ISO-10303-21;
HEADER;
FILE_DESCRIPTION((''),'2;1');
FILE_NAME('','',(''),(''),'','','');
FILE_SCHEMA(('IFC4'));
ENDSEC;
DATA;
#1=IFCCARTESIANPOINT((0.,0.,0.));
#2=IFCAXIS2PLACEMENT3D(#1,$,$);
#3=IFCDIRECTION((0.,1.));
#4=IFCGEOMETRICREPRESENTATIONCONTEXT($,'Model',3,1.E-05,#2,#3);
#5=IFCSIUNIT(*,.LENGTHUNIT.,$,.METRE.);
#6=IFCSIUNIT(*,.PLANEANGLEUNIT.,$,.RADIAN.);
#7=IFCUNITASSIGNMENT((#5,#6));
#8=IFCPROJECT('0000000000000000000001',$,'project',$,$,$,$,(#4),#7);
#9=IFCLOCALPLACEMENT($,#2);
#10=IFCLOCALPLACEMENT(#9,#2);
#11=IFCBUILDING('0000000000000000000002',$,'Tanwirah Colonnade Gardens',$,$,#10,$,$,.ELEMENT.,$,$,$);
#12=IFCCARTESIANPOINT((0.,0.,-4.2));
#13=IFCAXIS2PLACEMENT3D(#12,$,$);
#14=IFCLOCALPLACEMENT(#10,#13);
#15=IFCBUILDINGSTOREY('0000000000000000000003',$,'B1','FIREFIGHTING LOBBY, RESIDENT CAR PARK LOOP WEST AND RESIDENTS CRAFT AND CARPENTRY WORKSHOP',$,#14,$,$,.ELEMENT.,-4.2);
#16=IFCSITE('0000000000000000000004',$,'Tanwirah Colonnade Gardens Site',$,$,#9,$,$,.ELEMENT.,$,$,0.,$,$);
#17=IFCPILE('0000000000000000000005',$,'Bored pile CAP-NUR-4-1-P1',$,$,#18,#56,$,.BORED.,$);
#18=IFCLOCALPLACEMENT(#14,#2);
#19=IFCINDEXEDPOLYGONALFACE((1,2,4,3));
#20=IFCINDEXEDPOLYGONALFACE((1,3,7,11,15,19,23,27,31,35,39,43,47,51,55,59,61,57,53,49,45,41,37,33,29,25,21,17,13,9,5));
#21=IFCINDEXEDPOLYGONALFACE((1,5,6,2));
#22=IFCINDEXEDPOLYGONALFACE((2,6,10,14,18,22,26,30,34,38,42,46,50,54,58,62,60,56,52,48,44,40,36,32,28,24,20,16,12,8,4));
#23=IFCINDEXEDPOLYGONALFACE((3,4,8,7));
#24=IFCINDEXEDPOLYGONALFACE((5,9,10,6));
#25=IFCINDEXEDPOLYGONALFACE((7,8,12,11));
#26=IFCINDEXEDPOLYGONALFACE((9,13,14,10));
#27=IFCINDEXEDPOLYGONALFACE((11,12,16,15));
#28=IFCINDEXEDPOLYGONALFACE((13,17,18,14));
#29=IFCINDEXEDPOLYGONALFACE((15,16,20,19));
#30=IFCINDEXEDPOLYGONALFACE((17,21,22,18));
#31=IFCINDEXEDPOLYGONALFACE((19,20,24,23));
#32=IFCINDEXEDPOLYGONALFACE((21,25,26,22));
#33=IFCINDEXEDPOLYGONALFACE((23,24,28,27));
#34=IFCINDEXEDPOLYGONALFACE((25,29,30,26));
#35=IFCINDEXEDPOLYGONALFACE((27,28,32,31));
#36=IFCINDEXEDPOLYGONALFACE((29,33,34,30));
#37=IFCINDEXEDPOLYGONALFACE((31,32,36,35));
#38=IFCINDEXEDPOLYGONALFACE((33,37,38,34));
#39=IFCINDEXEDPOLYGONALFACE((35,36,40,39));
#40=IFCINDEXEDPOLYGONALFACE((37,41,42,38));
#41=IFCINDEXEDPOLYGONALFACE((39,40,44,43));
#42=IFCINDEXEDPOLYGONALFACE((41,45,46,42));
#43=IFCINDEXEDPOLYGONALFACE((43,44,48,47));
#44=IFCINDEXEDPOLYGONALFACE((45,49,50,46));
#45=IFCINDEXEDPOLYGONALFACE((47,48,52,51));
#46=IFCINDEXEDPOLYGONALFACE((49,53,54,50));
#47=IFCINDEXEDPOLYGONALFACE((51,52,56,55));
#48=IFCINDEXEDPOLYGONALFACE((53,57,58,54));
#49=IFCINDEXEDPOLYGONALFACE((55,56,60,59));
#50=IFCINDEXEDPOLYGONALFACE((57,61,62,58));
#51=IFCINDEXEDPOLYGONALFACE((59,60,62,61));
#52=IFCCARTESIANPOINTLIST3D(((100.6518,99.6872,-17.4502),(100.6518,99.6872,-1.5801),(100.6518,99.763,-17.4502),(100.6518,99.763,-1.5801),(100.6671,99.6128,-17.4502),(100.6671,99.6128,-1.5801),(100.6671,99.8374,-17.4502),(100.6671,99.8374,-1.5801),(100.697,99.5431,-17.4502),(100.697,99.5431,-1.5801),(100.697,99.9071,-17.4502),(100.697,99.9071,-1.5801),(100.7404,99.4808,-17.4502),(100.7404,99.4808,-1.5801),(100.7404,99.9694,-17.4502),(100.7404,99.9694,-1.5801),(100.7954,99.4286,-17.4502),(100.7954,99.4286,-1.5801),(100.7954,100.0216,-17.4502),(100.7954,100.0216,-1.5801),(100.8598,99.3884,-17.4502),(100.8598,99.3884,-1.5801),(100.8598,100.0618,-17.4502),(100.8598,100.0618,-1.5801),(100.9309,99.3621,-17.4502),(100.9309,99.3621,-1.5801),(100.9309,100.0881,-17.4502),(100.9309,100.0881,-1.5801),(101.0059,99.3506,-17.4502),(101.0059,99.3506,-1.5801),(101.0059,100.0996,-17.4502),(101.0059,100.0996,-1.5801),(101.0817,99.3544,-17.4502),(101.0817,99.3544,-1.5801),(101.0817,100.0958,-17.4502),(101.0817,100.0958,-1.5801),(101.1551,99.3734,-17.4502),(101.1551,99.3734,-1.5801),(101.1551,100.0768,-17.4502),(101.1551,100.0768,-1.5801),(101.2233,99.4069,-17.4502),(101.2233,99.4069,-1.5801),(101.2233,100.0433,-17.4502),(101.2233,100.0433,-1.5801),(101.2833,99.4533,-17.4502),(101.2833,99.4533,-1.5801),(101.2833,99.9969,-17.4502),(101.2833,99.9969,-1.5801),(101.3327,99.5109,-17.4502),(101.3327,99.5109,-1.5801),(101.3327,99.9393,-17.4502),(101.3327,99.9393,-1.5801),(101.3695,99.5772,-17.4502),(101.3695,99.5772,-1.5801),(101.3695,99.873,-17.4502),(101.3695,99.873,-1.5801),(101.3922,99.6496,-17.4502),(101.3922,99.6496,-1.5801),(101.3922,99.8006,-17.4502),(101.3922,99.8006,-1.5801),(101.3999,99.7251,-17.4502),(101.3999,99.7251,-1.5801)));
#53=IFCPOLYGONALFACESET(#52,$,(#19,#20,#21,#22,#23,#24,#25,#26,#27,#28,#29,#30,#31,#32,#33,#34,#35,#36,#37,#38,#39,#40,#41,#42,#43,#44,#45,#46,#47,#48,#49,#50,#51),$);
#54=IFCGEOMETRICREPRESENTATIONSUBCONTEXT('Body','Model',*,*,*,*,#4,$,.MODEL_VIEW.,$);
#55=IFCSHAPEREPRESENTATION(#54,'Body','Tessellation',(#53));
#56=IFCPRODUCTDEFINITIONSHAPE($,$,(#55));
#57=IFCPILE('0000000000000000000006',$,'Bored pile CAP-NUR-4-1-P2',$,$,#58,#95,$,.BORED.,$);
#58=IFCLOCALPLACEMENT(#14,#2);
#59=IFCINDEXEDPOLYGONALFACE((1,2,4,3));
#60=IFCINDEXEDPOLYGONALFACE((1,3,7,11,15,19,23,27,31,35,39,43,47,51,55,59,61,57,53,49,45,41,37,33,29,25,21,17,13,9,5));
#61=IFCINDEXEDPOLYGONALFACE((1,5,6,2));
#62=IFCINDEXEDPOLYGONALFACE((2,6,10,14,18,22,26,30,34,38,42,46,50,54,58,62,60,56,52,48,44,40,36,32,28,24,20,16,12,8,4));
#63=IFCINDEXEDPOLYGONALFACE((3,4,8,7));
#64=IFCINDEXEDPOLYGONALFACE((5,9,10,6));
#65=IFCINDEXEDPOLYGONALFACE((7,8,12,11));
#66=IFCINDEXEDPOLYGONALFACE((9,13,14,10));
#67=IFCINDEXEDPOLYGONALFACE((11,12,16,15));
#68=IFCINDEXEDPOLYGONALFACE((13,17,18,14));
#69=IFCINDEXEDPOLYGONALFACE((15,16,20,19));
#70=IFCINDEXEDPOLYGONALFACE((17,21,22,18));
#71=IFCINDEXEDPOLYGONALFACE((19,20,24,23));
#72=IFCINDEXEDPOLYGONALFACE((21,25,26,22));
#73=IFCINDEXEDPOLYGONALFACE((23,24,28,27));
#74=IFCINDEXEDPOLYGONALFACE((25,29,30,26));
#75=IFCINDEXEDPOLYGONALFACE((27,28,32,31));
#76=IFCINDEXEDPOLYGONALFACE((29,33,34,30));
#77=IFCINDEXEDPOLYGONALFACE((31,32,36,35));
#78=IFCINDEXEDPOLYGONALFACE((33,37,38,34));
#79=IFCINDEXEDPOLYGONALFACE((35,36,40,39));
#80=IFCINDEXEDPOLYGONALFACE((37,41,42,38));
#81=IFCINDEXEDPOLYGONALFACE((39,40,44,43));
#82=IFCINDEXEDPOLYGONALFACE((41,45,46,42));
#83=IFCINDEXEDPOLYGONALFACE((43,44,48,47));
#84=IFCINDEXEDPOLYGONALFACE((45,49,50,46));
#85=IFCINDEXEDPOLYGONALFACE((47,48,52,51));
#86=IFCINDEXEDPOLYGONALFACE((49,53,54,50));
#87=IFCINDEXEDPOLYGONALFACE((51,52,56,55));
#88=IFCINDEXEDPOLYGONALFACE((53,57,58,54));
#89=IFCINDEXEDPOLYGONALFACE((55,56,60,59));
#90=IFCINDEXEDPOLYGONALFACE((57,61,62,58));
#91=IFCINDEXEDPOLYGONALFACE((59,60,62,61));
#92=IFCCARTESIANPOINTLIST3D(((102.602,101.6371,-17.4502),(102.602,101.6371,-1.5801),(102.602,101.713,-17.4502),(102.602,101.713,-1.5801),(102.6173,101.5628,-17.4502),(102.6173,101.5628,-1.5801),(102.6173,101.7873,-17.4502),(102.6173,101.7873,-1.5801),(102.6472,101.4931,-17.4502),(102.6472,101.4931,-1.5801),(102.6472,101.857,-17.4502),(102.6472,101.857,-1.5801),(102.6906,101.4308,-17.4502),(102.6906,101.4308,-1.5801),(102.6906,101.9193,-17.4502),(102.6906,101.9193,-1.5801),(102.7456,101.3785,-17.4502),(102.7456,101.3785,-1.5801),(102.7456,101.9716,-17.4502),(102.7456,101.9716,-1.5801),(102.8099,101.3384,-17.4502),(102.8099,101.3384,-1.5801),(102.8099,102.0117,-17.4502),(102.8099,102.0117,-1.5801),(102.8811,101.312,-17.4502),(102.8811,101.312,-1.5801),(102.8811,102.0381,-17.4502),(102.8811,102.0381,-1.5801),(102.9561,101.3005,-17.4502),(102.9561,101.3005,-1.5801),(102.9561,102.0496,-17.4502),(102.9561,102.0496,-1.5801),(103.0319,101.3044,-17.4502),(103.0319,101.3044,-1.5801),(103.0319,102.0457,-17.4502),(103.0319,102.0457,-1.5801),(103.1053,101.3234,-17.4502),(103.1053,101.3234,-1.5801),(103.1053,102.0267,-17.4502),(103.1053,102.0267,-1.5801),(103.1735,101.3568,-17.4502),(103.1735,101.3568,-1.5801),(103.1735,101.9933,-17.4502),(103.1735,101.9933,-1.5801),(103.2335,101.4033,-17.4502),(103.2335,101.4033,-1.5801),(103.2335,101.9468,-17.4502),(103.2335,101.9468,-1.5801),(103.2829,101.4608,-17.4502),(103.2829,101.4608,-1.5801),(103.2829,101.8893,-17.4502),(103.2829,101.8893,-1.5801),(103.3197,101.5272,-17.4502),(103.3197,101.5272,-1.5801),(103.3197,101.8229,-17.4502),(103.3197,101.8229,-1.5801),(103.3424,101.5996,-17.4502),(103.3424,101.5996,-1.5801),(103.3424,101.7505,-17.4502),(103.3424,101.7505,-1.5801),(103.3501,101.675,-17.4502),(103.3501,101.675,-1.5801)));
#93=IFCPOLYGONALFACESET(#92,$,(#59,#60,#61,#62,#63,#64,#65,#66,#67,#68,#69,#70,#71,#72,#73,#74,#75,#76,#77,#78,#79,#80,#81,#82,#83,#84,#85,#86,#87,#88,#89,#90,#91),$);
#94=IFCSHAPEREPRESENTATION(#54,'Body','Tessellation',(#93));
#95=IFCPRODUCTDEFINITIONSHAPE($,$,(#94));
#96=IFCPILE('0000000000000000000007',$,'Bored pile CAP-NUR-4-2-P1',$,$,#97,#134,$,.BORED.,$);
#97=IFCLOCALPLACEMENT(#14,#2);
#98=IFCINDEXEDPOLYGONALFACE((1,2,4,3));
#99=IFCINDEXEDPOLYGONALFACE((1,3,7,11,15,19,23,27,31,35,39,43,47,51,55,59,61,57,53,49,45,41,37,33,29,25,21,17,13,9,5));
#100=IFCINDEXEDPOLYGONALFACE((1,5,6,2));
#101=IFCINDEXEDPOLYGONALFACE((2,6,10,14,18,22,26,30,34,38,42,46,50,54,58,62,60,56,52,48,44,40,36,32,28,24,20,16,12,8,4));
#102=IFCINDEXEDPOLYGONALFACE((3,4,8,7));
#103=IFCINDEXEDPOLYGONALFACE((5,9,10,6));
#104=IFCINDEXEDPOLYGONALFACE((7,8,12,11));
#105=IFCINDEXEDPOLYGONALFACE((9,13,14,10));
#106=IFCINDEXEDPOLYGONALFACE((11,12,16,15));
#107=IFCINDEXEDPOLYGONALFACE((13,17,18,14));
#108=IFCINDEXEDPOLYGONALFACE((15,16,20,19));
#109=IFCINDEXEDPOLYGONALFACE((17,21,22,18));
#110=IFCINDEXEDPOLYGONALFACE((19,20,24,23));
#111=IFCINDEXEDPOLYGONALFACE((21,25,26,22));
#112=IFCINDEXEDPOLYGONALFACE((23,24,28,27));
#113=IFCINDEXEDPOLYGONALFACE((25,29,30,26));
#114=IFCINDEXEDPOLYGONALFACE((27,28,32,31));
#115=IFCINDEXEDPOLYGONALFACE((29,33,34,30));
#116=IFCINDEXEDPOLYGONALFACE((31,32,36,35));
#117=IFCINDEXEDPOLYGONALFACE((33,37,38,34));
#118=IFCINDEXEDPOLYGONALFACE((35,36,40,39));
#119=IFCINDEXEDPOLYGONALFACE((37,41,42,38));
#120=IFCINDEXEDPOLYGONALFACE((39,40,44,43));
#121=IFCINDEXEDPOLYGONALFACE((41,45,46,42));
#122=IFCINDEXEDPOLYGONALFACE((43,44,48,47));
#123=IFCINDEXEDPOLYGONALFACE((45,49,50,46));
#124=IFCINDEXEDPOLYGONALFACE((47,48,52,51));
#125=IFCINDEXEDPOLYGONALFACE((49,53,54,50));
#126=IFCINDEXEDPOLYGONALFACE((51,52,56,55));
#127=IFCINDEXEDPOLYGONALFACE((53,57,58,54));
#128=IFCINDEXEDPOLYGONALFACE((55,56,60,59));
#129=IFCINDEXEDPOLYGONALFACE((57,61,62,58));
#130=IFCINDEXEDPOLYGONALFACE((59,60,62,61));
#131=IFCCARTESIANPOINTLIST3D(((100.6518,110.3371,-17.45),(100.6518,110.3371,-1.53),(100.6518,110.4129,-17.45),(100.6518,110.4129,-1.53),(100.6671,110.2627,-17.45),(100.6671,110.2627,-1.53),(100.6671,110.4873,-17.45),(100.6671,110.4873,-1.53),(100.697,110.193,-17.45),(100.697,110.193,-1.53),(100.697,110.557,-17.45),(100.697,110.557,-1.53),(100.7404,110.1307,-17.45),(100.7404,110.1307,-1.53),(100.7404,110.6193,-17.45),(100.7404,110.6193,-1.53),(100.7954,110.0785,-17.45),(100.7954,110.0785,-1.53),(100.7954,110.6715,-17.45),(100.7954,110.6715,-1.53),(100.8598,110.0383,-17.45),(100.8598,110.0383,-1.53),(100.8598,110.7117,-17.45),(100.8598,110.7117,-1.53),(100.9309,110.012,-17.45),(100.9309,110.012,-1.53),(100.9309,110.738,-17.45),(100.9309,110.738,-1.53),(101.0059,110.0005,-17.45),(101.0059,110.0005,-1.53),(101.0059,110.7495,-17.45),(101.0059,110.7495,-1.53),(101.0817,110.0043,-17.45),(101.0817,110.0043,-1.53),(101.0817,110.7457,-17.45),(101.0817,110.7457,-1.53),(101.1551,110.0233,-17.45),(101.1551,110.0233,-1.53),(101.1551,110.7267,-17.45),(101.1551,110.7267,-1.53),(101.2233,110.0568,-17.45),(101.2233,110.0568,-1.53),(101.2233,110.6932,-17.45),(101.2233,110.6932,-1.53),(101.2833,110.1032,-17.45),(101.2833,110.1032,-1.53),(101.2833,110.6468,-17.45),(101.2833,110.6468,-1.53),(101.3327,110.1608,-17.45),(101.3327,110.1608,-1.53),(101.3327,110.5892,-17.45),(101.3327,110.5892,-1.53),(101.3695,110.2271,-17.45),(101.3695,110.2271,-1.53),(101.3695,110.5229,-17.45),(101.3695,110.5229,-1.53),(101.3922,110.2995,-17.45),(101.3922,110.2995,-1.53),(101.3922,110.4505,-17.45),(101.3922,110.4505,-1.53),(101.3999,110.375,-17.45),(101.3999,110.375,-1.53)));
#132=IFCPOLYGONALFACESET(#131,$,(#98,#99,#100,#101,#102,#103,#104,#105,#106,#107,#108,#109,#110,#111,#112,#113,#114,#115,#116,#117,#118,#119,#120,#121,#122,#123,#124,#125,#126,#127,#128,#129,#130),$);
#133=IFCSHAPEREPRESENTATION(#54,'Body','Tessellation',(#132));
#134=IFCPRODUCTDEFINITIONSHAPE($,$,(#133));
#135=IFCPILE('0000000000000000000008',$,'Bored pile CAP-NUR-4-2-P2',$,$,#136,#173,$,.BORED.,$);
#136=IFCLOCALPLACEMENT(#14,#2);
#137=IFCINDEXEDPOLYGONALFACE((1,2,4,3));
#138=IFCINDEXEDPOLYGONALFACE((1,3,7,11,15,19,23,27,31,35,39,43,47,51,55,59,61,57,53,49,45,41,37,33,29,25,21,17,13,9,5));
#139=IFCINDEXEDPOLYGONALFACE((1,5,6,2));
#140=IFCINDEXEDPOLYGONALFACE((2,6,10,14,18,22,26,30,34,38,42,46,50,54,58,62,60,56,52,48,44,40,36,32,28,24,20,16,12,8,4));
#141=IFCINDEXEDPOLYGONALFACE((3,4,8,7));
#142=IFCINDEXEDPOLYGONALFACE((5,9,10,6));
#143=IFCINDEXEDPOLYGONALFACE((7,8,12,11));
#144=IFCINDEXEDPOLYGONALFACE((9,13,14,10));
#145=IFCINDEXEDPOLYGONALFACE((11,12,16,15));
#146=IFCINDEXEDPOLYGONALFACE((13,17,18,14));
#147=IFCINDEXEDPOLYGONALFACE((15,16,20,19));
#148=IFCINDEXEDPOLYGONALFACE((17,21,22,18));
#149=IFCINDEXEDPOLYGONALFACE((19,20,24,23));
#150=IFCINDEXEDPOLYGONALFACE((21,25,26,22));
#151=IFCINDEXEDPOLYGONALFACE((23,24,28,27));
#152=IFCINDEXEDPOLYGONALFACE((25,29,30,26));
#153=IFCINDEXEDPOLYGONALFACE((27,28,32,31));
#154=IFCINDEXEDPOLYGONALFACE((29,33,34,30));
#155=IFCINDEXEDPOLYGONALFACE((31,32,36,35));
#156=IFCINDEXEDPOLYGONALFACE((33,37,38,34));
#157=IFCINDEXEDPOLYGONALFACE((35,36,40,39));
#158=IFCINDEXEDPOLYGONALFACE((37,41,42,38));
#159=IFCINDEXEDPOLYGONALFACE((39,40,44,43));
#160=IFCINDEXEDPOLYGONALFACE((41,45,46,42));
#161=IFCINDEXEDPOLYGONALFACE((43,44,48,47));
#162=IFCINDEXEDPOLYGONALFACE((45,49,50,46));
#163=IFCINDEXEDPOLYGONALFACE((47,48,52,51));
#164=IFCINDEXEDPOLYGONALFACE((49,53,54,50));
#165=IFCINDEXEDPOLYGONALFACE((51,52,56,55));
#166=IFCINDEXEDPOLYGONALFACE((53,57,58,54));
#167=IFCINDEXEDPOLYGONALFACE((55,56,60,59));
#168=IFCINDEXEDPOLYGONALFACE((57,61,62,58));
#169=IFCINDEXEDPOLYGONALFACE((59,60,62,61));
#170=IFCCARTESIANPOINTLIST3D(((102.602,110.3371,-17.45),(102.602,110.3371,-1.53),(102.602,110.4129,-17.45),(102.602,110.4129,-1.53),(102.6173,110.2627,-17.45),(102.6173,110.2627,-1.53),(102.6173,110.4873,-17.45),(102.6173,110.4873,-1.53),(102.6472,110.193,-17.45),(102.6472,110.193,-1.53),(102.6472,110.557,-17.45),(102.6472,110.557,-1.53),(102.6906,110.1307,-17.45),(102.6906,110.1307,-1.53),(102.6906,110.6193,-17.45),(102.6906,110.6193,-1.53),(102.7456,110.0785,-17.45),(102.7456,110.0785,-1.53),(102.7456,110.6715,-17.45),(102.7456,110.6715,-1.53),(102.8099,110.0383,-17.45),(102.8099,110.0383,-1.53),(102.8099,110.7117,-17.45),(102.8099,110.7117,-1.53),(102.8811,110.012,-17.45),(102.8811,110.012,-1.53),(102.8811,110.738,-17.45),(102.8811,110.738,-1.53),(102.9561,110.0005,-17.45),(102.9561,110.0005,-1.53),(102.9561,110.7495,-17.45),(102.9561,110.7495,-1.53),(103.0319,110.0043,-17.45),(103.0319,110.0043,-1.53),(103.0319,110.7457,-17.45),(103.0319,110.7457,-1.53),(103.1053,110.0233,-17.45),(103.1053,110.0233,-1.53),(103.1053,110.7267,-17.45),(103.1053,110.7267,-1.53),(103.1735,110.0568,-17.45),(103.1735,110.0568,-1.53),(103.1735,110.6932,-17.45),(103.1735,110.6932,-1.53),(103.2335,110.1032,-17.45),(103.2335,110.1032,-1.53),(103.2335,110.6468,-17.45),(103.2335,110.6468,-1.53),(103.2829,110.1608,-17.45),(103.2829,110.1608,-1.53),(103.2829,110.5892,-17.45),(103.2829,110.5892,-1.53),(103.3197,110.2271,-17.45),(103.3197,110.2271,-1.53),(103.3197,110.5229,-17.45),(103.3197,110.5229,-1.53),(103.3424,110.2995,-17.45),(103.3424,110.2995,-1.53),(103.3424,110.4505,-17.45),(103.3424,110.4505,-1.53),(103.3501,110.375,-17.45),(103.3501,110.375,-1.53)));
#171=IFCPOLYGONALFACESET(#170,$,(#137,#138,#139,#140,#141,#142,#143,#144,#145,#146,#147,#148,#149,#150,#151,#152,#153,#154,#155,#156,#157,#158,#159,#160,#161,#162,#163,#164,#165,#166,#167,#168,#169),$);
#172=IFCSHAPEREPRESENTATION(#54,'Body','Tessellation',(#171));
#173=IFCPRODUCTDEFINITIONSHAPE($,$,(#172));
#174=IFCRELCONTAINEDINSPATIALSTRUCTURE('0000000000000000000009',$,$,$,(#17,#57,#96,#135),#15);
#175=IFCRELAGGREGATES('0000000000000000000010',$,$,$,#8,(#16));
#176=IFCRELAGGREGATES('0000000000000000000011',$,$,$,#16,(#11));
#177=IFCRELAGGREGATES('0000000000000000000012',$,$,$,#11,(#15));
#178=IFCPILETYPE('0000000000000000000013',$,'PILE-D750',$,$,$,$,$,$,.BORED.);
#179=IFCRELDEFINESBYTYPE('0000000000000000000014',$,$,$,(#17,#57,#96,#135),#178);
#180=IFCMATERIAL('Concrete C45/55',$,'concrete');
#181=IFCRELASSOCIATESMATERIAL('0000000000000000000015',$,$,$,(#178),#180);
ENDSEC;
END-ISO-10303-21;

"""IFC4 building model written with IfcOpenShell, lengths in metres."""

from ifc_helpers import new_model, si_unit, direction, frame, origin, origin_2d, place, context, subcontext, project, spatial, circle, extrude, material, material_profile, profile_set, type_object, element, save


model = new_model("IFC4")

# Units and contexts
model_context = context("Model", 3, precision=1e-05, world=origin(), true_north=direction((0.0, 1.0)))
body_context = subcontext(model_context, "Body", "Model", "MODEL_VIEW")
ifc_project = project(units=[si_unit("LENGTHUNIT", "METRE"), si_unit("PLANEANGLEUNIT", "RADIAN")], contexts=[model_context])

# Site, building, storey
site_placement = place(None, origin())
site = spatial("IfcSite", under=ifc_project, at=site_placement, Name="Tanwirah Colonnade Gardens Site", CompositionType="ELEMENT", RefElevation=0.0)
building_placement = place(site_placement, origin())
building = spatial("IfcBuilding", under=site, at=building_placement, Name="Tanwirah Colonnade Gardens", CompositionType="ELEMENT")
storey_placement = place(building_placement, frame((0.0, 0.0, -4.2)))
storey = spatial("IfcBuildingStorey", under=building, at=storey_placement, Name="B1", Description="FIREFIGHTING LOBBY, RESIDENT CAR PARK LOOP WEST AND RESIDENTS CRAFT AND CARPENTRY WORKSHOP", CompositionType="ELEMENT", Elevation=-4.2)

# Shared definitions
ifc_material_1 = material(Name="Concrete C45/55", Category="concrete")

# Piles
ifc_material_profile_1 = material_profile(ifc_material_1, circle(Radius=0.375, at=origin_2d()), Name="PILE D750")
ifc_profile_set_1 = profile_set([ifc_material_profile_1], Name="Concrete C45/55")
pile_type_1 = type_object("IfcPileType", Name="PILE-D750", PredefinedType="BORED", material=ifc_profile_set_1)
for number, where, z_axis, x_axis, name in (
    (1, (101.0249, 99.7251, -1.5801), (0.0, 0.0, -1.0), (1.0, 0.0, 0.0), "Bored pile CAP-NUR-4-1-P1"),
    (2, (102.9751, 101.675, -1.5801), (0.0, 0.0, -1.0), (1.0, 0.0, 0.0), "Bored pile CAP-NUR-4-1-P2"),
):
    element("IfcPile", number, at=place(storey_placement, frame(where, z_axis=z_axis, x_axis=x_axis)), inside=storey, type_object=pile_type_1, Name=name, PredefinedType="BORED", context=body_context, shape_type="SweptSolid", body=[
        extrude(circle(Radius=0.375, at=origin_2d()), origin(), (0.0, 0.0, 1.0), 15.8701),
    ])
for number, where, z_axis, x_axis, name in (
    (3, (101.0249, 110.375, -1.53), (0.0, 0.0, -1.0), (1.0, 0.0, 0.0), "Bored pile CAP-NUR-4-2-P1"),
    (4, (102.9751, 110.375, -1.53), (0.0, 0.0, -1.0), (1.0, 0.0, 0.0), "Bored pile CAP-NUR-4-2-P2"),
):
    element("IfcPile", number, at=place(storey_placement, frame(where, z_axis=z_axis, x_axis=x_axis)), inside=storey, type_object=pile_type_1, Name=name, PredefinedType="BORED", context=body_context, shape_type="SweptSolid", body=[
        extrude(circle(Radius=0.375, at=origin_2d()), origin(), (0.0, 0.0, 1.0), 15.9199),
    ])

save(model, "model.ifc")
